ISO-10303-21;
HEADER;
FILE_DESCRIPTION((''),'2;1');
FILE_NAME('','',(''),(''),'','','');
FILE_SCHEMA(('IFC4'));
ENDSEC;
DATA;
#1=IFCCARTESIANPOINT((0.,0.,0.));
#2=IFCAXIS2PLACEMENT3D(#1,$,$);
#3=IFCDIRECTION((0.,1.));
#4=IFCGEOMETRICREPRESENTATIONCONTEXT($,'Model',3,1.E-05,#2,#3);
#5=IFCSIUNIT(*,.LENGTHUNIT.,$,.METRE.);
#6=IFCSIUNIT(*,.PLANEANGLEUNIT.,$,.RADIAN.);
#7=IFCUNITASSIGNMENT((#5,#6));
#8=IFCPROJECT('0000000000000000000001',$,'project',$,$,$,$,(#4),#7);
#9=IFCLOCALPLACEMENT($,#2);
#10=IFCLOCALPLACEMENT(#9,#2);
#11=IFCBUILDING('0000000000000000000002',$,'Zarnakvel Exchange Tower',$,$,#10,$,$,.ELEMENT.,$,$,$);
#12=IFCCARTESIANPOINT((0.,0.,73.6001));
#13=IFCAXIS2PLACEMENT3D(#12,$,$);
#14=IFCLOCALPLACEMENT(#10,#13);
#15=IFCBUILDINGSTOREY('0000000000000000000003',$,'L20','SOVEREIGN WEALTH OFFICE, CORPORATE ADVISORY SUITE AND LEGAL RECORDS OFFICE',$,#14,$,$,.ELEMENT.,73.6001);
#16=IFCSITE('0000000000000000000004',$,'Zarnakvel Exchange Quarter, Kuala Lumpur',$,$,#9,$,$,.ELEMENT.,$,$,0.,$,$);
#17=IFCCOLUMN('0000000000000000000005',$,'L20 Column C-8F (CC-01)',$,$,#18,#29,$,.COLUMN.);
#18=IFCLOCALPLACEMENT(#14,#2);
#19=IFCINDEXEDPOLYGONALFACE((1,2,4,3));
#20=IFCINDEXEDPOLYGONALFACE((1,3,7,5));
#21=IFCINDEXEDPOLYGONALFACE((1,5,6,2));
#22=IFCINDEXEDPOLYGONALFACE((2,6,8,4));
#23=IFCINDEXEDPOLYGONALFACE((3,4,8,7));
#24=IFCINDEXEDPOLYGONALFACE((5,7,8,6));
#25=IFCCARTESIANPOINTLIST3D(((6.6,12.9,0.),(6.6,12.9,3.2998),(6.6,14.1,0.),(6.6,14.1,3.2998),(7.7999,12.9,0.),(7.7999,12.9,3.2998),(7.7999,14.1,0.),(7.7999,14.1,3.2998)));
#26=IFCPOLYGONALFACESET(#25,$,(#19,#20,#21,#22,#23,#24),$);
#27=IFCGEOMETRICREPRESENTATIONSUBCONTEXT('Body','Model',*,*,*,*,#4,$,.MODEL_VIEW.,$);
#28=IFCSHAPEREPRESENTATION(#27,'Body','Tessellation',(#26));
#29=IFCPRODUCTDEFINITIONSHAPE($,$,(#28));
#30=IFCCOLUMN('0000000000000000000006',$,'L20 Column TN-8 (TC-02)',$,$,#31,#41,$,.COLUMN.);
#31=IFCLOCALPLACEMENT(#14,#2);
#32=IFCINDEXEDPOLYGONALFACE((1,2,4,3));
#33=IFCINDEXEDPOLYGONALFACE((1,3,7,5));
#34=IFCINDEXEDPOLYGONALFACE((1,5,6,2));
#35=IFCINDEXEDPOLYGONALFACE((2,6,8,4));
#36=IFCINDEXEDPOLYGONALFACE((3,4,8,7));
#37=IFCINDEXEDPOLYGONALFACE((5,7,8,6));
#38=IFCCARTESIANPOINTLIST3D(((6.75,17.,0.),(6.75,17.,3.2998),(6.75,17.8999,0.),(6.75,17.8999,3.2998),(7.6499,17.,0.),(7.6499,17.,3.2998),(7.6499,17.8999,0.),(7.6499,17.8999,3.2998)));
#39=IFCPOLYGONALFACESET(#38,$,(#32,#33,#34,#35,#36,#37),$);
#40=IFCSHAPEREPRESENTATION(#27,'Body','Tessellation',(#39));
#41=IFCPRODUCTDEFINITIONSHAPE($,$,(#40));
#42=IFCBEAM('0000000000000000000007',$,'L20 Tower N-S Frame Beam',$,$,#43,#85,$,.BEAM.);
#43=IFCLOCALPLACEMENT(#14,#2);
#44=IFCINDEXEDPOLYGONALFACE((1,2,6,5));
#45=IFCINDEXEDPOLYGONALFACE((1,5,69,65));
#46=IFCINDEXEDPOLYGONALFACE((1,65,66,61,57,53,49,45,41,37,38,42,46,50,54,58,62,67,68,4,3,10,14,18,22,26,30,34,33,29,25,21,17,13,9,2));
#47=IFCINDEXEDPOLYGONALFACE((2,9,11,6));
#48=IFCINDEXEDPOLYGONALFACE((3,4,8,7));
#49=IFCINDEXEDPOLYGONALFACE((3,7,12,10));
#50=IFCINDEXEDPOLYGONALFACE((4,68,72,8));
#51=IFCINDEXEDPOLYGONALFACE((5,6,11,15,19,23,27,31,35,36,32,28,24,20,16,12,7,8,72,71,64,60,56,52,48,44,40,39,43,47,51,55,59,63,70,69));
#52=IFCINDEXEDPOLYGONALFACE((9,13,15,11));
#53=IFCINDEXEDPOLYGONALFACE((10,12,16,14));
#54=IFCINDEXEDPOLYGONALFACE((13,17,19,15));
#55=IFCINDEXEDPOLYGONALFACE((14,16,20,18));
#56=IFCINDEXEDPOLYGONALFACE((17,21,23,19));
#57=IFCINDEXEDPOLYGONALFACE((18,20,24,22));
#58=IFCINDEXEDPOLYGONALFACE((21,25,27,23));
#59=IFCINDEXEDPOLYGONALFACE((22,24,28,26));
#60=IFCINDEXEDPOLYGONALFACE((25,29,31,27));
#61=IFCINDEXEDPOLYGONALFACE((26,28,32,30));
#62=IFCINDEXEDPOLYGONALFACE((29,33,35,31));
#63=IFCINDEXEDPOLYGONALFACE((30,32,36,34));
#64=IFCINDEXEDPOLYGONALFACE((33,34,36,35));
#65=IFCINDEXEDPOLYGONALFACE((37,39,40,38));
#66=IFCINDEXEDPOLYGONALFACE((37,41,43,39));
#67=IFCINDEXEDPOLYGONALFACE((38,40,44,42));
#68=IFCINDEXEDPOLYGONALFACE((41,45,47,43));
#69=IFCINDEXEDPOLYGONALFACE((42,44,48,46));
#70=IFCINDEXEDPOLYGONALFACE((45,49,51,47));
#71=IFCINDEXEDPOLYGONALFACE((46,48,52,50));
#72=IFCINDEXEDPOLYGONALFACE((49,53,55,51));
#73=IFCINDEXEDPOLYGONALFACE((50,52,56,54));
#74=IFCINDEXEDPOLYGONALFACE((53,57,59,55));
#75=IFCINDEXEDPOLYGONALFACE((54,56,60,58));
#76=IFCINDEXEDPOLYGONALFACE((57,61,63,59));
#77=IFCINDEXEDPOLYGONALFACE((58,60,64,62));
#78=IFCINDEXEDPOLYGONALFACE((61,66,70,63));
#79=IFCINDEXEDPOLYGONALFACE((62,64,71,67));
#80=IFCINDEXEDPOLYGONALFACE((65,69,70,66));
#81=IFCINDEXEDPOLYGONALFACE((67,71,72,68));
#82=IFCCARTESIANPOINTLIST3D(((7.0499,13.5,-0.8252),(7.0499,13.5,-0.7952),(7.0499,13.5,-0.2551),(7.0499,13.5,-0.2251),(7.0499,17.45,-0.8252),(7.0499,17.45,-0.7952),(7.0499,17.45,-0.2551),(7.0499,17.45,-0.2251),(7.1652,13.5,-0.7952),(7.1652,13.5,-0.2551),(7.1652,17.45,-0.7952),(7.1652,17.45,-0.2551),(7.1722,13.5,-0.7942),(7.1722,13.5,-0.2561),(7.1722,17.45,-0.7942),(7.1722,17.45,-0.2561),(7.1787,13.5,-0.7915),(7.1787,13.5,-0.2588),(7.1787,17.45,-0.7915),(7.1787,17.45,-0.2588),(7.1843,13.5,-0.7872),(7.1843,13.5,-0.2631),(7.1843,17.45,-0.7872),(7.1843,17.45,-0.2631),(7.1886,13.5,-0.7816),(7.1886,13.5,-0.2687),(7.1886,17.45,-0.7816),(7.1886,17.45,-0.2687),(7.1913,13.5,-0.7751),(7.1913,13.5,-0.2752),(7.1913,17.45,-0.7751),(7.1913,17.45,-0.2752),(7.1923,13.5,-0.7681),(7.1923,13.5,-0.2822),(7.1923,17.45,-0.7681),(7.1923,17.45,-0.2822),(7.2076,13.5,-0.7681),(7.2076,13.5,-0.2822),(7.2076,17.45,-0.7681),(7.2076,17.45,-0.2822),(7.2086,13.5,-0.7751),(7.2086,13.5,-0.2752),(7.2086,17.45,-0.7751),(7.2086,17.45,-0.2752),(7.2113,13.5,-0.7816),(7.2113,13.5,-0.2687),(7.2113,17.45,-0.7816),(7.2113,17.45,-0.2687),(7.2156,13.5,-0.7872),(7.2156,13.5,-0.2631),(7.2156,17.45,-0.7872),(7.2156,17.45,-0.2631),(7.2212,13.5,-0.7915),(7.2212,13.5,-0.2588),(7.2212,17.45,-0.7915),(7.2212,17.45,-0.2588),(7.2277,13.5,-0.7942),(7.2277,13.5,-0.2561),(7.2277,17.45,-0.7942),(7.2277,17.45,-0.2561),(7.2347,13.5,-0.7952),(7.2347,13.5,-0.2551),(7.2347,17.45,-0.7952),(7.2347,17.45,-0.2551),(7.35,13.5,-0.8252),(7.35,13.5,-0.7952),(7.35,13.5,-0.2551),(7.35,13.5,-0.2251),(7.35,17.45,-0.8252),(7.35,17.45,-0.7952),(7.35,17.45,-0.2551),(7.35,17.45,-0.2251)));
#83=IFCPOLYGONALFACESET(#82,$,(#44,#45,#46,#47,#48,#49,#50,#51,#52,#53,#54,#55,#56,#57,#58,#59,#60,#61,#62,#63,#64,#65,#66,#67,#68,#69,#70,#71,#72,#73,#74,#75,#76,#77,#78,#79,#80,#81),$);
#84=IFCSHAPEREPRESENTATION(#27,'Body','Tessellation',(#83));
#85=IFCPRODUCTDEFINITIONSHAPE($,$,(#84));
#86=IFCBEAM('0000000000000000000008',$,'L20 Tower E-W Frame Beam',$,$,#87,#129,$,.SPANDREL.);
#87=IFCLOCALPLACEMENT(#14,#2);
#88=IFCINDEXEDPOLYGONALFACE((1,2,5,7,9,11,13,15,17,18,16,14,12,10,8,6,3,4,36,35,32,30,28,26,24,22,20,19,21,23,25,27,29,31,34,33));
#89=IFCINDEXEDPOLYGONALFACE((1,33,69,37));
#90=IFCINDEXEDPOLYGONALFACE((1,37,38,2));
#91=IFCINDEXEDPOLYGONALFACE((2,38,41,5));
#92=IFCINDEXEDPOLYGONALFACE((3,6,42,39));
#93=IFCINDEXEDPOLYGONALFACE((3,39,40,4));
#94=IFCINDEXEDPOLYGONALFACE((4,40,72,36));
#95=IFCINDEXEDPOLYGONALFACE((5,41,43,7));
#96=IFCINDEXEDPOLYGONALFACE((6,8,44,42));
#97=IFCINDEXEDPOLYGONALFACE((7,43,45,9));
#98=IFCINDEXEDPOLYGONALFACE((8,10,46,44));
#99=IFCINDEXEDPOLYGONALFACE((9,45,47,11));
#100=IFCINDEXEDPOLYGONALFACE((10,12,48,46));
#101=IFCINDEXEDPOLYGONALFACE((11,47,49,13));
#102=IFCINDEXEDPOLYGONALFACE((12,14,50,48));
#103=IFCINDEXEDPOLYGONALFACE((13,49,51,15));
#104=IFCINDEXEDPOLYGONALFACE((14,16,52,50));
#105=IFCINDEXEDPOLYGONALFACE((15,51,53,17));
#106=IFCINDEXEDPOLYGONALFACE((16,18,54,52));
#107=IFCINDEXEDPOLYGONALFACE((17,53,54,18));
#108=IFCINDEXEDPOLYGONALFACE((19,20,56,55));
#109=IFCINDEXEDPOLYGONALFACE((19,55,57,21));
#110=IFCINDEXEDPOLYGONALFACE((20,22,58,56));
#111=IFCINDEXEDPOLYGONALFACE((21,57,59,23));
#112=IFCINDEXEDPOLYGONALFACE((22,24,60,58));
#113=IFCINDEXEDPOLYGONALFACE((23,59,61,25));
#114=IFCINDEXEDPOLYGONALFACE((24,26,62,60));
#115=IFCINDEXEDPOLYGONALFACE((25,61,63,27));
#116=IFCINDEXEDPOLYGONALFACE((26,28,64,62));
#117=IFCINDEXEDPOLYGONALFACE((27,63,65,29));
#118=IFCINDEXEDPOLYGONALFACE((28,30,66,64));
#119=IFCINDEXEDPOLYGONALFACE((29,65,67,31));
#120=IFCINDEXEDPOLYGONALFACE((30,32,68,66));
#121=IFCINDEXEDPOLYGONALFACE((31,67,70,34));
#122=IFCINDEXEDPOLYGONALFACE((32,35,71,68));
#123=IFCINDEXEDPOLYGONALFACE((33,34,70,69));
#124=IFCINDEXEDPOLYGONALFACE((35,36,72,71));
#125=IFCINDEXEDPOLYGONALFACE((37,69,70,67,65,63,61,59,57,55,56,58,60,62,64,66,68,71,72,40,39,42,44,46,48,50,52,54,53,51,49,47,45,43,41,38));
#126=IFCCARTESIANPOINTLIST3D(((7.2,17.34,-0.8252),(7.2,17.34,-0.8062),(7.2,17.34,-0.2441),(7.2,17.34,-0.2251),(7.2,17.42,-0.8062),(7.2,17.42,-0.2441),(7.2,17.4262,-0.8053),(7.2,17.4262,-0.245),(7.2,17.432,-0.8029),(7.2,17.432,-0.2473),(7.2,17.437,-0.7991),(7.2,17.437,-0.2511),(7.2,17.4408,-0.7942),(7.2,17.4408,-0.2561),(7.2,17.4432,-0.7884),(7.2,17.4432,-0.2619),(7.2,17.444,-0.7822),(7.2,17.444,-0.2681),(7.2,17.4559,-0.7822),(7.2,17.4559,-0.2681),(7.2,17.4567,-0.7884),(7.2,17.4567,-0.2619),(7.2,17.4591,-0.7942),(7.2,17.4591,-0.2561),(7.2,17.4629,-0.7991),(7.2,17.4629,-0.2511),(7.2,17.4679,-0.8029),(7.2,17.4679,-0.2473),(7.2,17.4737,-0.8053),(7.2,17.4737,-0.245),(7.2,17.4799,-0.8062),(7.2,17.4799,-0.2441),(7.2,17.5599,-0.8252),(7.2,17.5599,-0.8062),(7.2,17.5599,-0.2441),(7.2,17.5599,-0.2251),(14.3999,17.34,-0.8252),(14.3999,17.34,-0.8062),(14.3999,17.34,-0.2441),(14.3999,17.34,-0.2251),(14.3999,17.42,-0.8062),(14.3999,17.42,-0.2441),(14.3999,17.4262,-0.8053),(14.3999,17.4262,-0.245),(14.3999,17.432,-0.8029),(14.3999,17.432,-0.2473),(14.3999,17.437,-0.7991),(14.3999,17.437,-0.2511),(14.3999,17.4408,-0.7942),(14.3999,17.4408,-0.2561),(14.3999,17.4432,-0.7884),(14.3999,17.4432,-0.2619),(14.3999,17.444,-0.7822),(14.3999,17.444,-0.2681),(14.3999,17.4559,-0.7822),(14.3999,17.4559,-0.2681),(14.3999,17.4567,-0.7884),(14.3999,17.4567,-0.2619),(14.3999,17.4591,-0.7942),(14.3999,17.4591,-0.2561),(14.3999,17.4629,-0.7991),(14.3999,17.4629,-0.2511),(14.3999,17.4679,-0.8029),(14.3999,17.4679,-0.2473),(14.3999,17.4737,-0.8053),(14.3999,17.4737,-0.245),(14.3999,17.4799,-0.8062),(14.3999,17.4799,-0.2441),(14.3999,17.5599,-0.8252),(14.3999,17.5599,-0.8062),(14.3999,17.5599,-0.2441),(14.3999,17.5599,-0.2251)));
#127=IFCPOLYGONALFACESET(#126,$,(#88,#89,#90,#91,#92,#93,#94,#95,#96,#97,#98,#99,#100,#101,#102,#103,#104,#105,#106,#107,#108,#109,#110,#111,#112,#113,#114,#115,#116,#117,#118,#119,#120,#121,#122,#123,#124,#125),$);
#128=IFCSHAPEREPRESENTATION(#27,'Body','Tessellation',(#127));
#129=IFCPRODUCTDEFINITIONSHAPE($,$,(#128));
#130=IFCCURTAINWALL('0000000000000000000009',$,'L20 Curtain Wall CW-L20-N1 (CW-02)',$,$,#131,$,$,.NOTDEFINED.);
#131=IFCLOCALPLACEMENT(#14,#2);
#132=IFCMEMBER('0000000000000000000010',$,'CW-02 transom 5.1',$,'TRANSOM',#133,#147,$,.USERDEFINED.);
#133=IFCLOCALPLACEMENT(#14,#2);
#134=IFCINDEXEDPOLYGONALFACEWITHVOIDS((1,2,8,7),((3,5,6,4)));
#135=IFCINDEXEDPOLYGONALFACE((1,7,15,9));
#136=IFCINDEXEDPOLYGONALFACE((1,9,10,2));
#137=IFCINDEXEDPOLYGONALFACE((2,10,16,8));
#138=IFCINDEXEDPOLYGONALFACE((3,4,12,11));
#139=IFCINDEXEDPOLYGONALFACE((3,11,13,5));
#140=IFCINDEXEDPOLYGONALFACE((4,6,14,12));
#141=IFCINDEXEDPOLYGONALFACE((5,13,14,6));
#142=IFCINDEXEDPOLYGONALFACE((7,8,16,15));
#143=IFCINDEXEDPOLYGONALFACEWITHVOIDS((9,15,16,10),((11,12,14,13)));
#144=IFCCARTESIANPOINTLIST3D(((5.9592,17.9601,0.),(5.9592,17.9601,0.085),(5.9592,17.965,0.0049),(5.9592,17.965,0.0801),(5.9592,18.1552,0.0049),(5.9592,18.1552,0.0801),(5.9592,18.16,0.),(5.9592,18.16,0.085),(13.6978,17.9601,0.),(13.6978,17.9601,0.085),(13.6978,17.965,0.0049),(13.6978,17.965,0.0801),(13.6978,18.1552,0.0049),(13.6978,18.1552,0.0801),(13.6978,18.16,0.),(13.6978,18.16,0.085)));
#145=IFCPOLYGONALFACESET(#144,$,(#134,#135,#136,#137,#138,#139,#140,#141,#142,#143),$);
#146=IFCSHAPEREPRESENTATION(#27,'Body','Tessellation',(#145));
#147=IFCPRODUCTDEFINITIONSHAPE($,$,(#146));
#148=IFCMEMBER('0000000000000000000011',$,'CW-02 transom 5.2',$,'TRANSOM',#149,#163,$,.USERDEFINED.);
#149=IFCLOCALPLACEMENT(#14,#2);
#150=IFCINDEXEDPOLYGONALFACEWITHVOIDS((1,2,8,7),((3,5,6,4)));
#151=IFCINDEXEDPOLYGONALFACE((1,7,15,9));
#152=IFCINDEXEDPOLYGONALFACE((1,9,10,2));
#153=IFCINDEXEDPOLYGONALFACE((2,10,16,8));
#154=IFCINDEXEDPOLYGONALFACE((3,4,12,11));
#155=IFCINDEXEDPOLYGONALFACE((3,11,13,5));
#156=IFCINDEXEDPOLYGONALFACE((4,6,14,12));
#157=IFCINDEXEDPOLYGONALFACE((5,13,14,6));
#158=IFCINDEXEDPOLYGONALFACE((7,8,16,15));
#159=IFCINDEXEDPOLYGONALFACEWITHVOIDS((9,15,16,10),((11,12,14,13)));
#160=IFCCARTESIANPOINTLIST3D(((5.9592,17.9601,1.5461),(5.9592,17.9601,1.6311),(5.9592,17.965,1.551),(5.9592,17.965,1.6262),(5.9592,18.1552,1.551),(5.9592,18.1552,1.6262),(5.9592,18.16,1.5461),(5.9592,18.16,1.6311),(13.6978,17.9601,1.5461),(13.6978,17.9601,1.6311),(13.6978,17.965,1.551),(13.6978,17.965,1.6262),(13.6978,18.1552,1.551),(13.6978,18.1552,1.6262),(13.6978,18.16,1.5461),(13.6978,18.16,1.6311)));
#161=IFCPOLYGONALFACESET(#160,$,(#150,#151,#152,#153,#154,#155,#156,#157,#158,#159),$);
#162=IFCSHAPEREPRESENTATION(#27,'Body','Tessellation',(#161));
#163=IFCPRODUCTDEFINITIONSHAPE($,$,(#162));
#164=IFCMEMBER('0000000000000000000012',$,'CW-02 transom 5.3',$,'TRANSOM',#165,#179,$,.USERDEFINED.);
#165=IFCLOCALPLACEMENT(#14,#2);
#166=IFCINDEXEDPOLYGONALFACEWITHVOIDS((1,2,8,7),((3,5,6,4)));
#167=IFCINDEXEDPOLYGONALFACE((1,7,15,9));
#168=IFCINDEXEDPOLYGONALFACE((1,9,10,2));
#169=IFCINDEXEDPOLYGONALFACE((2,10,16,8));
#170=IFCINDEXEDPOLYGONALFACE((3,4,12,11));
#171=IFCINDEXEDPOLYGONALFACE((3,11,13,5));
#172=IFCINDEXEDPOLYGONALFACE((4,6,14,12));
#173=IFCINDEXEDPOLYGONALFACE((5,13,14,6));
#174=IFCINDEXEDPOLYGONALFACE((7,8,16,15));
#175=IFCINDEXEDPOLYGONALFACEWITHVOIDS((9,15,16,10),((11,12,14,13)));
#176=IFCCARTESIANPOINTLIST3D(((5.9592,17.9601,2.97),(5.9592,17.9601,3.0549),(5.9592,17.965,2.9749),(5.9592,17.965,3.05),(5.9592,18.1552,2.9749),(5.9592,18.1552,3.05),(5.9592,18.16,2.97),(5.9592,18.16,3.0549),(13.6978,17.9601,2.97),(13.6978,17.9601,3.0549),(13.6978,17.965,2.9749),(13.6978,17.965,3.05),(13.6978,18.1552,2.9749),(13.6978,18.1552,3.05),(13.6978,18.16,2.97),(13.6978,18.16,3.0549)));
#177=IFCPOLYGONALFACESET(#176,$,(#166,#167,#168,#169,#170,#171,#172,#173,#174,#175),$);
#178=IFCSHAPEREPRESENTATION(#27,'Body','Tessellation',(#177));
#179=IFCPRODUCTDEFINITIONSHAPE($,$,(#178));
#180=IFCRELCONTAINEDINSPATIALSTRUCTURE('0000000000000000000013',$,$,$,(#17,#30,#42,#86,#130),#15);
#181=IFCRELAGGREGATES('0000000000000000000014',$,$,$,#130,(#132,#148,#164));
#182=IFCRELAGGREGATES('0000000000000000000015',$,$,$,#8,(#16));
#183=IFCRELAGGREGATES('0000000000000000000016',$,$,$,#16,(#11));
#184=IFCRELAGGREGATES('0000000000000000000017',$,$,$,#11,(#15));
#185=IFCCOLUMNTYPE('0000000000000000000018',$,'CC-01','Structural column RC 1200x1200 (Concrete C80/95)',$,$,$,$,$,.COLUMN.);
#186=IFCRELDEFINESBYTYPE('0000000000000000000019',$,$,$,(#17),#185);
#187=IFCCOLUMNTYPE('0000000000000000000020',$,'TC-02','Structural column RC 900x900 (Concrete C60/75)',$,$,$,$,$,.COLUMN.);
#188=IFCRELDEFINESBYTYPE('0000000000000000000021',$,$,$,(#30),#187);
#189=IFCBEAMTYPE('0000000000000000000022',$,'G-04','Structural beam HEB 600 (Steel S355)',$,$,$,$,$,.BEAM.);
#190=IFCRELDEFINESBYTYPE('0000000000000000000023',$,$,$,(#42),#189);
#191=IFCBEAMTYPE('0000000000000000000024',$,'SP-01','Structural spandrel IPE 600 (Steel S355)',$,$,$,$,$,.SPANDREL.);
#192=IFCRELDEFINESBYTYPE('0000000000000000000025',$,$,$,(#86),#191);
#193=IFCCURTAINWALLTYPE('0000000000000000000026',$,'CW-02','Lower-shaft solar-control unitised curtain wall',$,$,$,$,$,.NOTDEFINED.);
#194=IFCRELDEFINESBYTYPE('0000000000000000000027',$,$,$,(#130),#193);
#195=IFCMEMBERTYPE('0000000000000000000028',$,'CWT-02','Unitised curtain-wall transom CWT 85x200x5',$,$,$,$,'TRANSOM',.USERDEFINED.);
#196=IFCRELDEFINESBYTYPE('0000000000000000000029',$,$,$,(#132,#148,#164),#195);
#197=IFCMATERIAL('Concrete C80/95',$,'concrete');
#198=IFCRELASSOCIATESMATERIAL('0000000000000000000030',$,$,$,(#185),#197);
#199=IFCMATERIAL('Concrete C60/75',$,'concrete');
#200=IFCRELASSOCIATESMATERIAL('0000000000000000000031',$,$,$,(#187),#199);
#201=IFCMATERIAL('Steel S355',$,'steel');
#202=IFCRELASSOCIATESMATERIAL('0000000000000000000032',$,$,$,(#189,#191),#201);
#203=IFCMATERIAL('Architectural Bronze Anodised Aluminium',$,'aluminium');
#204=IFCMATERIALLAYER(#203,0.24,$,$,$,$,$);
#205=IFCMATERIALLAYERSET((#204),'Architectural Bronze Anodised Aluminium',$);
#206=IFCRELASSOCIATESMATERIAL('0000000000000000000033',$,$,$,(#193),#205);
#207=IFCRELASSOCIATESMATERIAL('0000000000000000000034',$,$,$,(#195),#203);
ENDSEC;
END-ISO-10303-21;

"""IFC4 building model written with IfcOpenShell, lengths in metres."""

from ifc_helpers import new_model, si_unit, direction, frame, origin, origin_2d, place, context, subcontext, project, spatial, rectangle, hollow_rectangle, i_section, extrude, source, transform, mapped, material, layer, layer_set, material_profile, profile_set, type_object, element, aggregate, save


model = new_model("IFC4")

# Units and contexts
model_context = context("Model", 3, precision=1e-05, world=origin(), true_north=direction((0.0, 1.0)))
body_context = subcontext(model_context, "Body", "Model", "MODEL_VIEW")
ifc_project = project(units=[si_unit("LENGTHUNIT", "METRE"), si_unit("PLANEANGLEUNIT", "RADIAN")], contexts=[model_context])

# Site, building, storey
site_placement = place(None, origin())
site = spatial("IfcSite", under=ifc_project, at=site_placement, Name="Zarnakvel Exchange Quarter, Kuala Lumpur", CompositionType="ELEMENT", RefElevation=0.0)
building_placement = place(site_placement, origin())
building = spatial("IfcBuilding", under=site, at=building_placement, Name="Zarnakvel Exchange Tower", CompositionType="ELEMENT")
storey_placement = place(building_placement, frame((0.0, 0.0, 73.6001)))
storey = spatial("IfcBuildingStorey", under=building, at=storey_placement, Name="L20", Description="SOVEREIGN WEALTH OFFICE, CORPORATE ADVISORY SUITE AND LEGAL RECORDS OFFICE", CompositionType="ELEMENT", Elevation=73.6001)

# Columns
ifc_material_1 = material(Name="Concrete C80/95", Category="concrete")
ifc_material_profile_1 = material_profile(ifc_material_1, rectangle(XDim=1.2, YDim=1.2, at=origin_2d()))
ifc_profile_set_1 = profile_set([ifc_material_profile_1], Name="Concrete C80/95")
column_type_1 = type_object("IfcColumnType", Name="CC-01", Description="Structural column RC 1200x1200 (Concrete C80/95)", PredefinedType="COLUMN", material=ifc_profile_set_1)
column_1_placement = place(storey_placement, frame((7.2, 13.5, 0.0), z_axis=(0.0, 0.0, 1.0), x_axis=(1.0, 0.0, 0.0)))
element("IfcColumn", 1, at=column_1_placement, inside=storey, type_object=column_type_1, Name="L20 Column C-8F (CC-01)", PredefinedType="COLUMN", context=body_context, shape_type="SweptSolid", body=[
    extrude(rectangle(XDim=1.2, YDim=1.2, at=origin_2d()), origin(), (0.0, 0.0, 1.0), 3.2998),
])
ifc_material_2 = material(Name="Concrete C60/75", Category="concrete")
ifc_material_profile_2 = material_profile(ifc_material_2, rectangle(XDim=0.8999, YDim=0.8999, at=origin_2d()))
ifc_profile_set_2 = profile_set([ifc_material_profile_2], Name="Concrete C60/75")
column_type_2 = type_object("IfcColumnType", Name="TC-02", Description="Structural column RC 900x900 (Concrete C60/75)", PredefinedType="COLUMN", material=ifc_profile_set_2)
column_2_placement = place(storey_placement, frame((7.2, 17.45, 0.0), z_axis=(0.0, 0.0, 1.0), x_axis=(1.0, 0.0, 0.0)))
element("IfcColumn", 2, at=column_2_placement, inside=storey, type_object=column_type_2, Name="L20 Column TN-8 (TC-02)", PredefinedType="COLUMN", context=body_context, shape_type="SweptSolid", body=[
    extrude(rectangle(XDim=0.8999, YDim=0.8999, at=origin_2d()), origin(), (0.0, 0.0, 1.0), 3.2998),
])

# Beams
ifc_material_3 = material(Name="Steel S355", Category="steel")
ifc_material_profile_3 = material_profile(ifc_material_3, i_section(OverallWidth=0.3, OverallDepth=0.6001, WebThickness=0.0154, FlangeThickness=0.03, FilletRadius=0.0271, at=origin_2d()))
ifc_profile_set_3 = profile_set([ifc_material_profile_3], Name="Steel S355")
beam_type_1 = type_object("IfcBeamType", Name="G-04", Description="Structural beam HEB 600 (Steel S355)", PredefinedType="BEAM", material=ifc_profile_set_3)
beam_1_placement = place(storey_placement, frame((7.2, 13.5, -0.5251), z_axis=(0.0, 1.0, 0.0), x_axis=(-1.0, 0.0, 0.0)))
element("IfcBeam", 3, at=beam_1_placement, inside=storey, type_object=beam_type_1, Name="L20 Tower N-S Frame Beam", PredefinedType="BEAM", context=body_context, shape_type="SweptSolid", body=[
    extrude(i_section(OverallWidth=0.3, OverallDepth=0.6001, WebThickness=0.0154, FlangeThickness=0.03, FilletRadius=0.0271, at=origin_2d()), origin(), (0.0, 0.0, 1.0), 3.95),
])
ifc_material_profile_4 = material_profile(ifc_material_3, i_section(OverallWidth=0.22, OverallDepth=0.6001, WebThickness=0.012, FlangeThickness=0.019, FilletRadius=0.0239, at=origin_2d()))
ifc_profile_set_4 = profile_set([ifc_material_profile_4], Name="Steel S355")
beam_type_2 = type_object("IfcBeamType", Name="SP-01", Description="Structural spandrel IPE 600 (Steel S355)", PredefinedType="SPANDREL", material=ifc_profile_set_4)
beam_2_placement = place(storey_placement, frame((7.2, 17.45, -0.5251), z_axis=(1.0, 0.0, 0.0), x_axis=(0.0, 1.0, 0.0)))
element("IfcBeam", 4, at=beam_2_placement, inside=storey, type_object=beam_type_2, Name="L20 Tower E-W Frame Beam", PredefinedType="SPANDREL", context=body_context, shape_type="SweptSolid", body=[
    extrude(i_section(OverallWidth=0.22, OverallDepth=0.6001, WebThickness=0.012, FlangeThickness=0.019, FilletRadius=0.0239, at=origin_2d()), origin(), (0.0, 0.0, 1.0), 7.2),
])

# Curtain wall, members
ifc_material_4 = material(Name="Architectural Bronze Anodised Aluminium", Category="aluminium")
ifc_layer_1 = layer(ifc_material_4, 0.24)
ifc_layer_set_1 = layer_set([ifc_layer_1], Name="Architectural Bronze Anodised Aluminium")
curtain_wall_type = type_object("IfcCurtainWallType", Name="CW-02", Description="Lower-shaft solar-control unitised curtain wall", PredefinedType="NOTDEFINED", material=ifc_layer_set_1)
curtain_wall_placement = place(storey_placement, origin())
curtain_wall = element("IfcCurtainWall", 5, at=curtain_wall_placement, inside=storey, type_object=curtain_wall_type, Name="L20 Curtain Wall CW-L20-N1 (CW-02)", PredefinedType="NOTDEFINED")
ifc_material_profile_5 = material_profile(ifc_material_4, hollow_rectangle(XDim=0.2, YDim=0.085, WallThickness=0.0049, at=origin_2d()))
ifc_profile_set_5 = profile_set([ifc_material_profile_5], Name="Architectural Bronze Anodised Aluminium")
member_type_1 = type_object("IfcMemberType", Name="CWT-02", Description="Unitised curtain-wall transom CWT 85x200x5", ElementType="TRANSOM", PredefinedType="USERDEFINED", material=ifc_profile_set_5)
shared_shape_1 = source(origin(), body_context, "Body", "SweptSolid", [
    extrude(hollow_rectangle(XDim=0.2, YDim=0.085, WallThickness=0.0049, at=origin_2d()), origin(), (0.0, 0.0, 1.0), 7.7385),
])
member_1_placement = place(storey_placement, frame((5.9592, 18.0601, 0.0425), z_axis=(1.0, 0.0, 0.0), x_axis=(0.0, 1.0, 0.0)))
member_1 = element("IfcMember", 6, at=member_1_placement, type_object=member_type_1, Name="CW-02 transom 5.1", ObjectType="TRANSOM", PredefinedType="USERDEFINED", context=body_context, shape_type="MappedRepresentation", body=[
    mapped(shared_shape_1, transform((0.0, 0.0, 0.0), x_axis=(1.0, 0.0, 0.0), y_axis=(0.0, 1.0, 0.0), z_axis=(0.0, 0.0, 1.0), scale=1.0)),
])
member_2_placement = place(storey_placement, frame((5.9592, 18.0601, 1.5886), z_axis=(1.0, 0.0, 0.0), x_axis=(0.0, 1.0, 0.0)))
member_2 = element("IfcMember", 7, at=member_2_placement, type_object=member_type_1, Name="CW-02 transom 5.2", ObjectType="TRANSOM", PredefinedType="USERDEFINED", context=body_context, shape_type="MappedRepresentation", body=[
    mapped(shared_shape_1, transform((0.0, 0.0, 0.0), x_axis=(1.0, 0.0, 0.0), y_axis=(0.0, 1.0, 0.0), z_axis=(0.0, 0.0, 1.0), scale=1.0)),
])
member_3_placement = place(storey_placement, frame((5.9592, 18.0601, 3.0125), z_axis=(1.0, 0.0, 0.0), x_axis=(0.0, 1.0, 0.0)))
member_3 = element("IfcMember", 8, at=member_3_placement, type_object=member_type_1, Name="CW-02 transom 5.3", ObjectType="TRANSOM", PredefinedType="USERDEFINED", context=body_context, shape_type="MappedRepresentation", body=[
    mapped(shared_shape_1, transform((0.0, 0.0, 0.0), x_axis=(1.0, 0.0, 0.0), y_axis=(0.0, 1.0, 0.0), z_axis=(0.0, 0.0, 1.0), scale=1.0)),
])
aggregate(curtain_wall, [member_1, member_2, member_3])

save(model, "model.ifc")
